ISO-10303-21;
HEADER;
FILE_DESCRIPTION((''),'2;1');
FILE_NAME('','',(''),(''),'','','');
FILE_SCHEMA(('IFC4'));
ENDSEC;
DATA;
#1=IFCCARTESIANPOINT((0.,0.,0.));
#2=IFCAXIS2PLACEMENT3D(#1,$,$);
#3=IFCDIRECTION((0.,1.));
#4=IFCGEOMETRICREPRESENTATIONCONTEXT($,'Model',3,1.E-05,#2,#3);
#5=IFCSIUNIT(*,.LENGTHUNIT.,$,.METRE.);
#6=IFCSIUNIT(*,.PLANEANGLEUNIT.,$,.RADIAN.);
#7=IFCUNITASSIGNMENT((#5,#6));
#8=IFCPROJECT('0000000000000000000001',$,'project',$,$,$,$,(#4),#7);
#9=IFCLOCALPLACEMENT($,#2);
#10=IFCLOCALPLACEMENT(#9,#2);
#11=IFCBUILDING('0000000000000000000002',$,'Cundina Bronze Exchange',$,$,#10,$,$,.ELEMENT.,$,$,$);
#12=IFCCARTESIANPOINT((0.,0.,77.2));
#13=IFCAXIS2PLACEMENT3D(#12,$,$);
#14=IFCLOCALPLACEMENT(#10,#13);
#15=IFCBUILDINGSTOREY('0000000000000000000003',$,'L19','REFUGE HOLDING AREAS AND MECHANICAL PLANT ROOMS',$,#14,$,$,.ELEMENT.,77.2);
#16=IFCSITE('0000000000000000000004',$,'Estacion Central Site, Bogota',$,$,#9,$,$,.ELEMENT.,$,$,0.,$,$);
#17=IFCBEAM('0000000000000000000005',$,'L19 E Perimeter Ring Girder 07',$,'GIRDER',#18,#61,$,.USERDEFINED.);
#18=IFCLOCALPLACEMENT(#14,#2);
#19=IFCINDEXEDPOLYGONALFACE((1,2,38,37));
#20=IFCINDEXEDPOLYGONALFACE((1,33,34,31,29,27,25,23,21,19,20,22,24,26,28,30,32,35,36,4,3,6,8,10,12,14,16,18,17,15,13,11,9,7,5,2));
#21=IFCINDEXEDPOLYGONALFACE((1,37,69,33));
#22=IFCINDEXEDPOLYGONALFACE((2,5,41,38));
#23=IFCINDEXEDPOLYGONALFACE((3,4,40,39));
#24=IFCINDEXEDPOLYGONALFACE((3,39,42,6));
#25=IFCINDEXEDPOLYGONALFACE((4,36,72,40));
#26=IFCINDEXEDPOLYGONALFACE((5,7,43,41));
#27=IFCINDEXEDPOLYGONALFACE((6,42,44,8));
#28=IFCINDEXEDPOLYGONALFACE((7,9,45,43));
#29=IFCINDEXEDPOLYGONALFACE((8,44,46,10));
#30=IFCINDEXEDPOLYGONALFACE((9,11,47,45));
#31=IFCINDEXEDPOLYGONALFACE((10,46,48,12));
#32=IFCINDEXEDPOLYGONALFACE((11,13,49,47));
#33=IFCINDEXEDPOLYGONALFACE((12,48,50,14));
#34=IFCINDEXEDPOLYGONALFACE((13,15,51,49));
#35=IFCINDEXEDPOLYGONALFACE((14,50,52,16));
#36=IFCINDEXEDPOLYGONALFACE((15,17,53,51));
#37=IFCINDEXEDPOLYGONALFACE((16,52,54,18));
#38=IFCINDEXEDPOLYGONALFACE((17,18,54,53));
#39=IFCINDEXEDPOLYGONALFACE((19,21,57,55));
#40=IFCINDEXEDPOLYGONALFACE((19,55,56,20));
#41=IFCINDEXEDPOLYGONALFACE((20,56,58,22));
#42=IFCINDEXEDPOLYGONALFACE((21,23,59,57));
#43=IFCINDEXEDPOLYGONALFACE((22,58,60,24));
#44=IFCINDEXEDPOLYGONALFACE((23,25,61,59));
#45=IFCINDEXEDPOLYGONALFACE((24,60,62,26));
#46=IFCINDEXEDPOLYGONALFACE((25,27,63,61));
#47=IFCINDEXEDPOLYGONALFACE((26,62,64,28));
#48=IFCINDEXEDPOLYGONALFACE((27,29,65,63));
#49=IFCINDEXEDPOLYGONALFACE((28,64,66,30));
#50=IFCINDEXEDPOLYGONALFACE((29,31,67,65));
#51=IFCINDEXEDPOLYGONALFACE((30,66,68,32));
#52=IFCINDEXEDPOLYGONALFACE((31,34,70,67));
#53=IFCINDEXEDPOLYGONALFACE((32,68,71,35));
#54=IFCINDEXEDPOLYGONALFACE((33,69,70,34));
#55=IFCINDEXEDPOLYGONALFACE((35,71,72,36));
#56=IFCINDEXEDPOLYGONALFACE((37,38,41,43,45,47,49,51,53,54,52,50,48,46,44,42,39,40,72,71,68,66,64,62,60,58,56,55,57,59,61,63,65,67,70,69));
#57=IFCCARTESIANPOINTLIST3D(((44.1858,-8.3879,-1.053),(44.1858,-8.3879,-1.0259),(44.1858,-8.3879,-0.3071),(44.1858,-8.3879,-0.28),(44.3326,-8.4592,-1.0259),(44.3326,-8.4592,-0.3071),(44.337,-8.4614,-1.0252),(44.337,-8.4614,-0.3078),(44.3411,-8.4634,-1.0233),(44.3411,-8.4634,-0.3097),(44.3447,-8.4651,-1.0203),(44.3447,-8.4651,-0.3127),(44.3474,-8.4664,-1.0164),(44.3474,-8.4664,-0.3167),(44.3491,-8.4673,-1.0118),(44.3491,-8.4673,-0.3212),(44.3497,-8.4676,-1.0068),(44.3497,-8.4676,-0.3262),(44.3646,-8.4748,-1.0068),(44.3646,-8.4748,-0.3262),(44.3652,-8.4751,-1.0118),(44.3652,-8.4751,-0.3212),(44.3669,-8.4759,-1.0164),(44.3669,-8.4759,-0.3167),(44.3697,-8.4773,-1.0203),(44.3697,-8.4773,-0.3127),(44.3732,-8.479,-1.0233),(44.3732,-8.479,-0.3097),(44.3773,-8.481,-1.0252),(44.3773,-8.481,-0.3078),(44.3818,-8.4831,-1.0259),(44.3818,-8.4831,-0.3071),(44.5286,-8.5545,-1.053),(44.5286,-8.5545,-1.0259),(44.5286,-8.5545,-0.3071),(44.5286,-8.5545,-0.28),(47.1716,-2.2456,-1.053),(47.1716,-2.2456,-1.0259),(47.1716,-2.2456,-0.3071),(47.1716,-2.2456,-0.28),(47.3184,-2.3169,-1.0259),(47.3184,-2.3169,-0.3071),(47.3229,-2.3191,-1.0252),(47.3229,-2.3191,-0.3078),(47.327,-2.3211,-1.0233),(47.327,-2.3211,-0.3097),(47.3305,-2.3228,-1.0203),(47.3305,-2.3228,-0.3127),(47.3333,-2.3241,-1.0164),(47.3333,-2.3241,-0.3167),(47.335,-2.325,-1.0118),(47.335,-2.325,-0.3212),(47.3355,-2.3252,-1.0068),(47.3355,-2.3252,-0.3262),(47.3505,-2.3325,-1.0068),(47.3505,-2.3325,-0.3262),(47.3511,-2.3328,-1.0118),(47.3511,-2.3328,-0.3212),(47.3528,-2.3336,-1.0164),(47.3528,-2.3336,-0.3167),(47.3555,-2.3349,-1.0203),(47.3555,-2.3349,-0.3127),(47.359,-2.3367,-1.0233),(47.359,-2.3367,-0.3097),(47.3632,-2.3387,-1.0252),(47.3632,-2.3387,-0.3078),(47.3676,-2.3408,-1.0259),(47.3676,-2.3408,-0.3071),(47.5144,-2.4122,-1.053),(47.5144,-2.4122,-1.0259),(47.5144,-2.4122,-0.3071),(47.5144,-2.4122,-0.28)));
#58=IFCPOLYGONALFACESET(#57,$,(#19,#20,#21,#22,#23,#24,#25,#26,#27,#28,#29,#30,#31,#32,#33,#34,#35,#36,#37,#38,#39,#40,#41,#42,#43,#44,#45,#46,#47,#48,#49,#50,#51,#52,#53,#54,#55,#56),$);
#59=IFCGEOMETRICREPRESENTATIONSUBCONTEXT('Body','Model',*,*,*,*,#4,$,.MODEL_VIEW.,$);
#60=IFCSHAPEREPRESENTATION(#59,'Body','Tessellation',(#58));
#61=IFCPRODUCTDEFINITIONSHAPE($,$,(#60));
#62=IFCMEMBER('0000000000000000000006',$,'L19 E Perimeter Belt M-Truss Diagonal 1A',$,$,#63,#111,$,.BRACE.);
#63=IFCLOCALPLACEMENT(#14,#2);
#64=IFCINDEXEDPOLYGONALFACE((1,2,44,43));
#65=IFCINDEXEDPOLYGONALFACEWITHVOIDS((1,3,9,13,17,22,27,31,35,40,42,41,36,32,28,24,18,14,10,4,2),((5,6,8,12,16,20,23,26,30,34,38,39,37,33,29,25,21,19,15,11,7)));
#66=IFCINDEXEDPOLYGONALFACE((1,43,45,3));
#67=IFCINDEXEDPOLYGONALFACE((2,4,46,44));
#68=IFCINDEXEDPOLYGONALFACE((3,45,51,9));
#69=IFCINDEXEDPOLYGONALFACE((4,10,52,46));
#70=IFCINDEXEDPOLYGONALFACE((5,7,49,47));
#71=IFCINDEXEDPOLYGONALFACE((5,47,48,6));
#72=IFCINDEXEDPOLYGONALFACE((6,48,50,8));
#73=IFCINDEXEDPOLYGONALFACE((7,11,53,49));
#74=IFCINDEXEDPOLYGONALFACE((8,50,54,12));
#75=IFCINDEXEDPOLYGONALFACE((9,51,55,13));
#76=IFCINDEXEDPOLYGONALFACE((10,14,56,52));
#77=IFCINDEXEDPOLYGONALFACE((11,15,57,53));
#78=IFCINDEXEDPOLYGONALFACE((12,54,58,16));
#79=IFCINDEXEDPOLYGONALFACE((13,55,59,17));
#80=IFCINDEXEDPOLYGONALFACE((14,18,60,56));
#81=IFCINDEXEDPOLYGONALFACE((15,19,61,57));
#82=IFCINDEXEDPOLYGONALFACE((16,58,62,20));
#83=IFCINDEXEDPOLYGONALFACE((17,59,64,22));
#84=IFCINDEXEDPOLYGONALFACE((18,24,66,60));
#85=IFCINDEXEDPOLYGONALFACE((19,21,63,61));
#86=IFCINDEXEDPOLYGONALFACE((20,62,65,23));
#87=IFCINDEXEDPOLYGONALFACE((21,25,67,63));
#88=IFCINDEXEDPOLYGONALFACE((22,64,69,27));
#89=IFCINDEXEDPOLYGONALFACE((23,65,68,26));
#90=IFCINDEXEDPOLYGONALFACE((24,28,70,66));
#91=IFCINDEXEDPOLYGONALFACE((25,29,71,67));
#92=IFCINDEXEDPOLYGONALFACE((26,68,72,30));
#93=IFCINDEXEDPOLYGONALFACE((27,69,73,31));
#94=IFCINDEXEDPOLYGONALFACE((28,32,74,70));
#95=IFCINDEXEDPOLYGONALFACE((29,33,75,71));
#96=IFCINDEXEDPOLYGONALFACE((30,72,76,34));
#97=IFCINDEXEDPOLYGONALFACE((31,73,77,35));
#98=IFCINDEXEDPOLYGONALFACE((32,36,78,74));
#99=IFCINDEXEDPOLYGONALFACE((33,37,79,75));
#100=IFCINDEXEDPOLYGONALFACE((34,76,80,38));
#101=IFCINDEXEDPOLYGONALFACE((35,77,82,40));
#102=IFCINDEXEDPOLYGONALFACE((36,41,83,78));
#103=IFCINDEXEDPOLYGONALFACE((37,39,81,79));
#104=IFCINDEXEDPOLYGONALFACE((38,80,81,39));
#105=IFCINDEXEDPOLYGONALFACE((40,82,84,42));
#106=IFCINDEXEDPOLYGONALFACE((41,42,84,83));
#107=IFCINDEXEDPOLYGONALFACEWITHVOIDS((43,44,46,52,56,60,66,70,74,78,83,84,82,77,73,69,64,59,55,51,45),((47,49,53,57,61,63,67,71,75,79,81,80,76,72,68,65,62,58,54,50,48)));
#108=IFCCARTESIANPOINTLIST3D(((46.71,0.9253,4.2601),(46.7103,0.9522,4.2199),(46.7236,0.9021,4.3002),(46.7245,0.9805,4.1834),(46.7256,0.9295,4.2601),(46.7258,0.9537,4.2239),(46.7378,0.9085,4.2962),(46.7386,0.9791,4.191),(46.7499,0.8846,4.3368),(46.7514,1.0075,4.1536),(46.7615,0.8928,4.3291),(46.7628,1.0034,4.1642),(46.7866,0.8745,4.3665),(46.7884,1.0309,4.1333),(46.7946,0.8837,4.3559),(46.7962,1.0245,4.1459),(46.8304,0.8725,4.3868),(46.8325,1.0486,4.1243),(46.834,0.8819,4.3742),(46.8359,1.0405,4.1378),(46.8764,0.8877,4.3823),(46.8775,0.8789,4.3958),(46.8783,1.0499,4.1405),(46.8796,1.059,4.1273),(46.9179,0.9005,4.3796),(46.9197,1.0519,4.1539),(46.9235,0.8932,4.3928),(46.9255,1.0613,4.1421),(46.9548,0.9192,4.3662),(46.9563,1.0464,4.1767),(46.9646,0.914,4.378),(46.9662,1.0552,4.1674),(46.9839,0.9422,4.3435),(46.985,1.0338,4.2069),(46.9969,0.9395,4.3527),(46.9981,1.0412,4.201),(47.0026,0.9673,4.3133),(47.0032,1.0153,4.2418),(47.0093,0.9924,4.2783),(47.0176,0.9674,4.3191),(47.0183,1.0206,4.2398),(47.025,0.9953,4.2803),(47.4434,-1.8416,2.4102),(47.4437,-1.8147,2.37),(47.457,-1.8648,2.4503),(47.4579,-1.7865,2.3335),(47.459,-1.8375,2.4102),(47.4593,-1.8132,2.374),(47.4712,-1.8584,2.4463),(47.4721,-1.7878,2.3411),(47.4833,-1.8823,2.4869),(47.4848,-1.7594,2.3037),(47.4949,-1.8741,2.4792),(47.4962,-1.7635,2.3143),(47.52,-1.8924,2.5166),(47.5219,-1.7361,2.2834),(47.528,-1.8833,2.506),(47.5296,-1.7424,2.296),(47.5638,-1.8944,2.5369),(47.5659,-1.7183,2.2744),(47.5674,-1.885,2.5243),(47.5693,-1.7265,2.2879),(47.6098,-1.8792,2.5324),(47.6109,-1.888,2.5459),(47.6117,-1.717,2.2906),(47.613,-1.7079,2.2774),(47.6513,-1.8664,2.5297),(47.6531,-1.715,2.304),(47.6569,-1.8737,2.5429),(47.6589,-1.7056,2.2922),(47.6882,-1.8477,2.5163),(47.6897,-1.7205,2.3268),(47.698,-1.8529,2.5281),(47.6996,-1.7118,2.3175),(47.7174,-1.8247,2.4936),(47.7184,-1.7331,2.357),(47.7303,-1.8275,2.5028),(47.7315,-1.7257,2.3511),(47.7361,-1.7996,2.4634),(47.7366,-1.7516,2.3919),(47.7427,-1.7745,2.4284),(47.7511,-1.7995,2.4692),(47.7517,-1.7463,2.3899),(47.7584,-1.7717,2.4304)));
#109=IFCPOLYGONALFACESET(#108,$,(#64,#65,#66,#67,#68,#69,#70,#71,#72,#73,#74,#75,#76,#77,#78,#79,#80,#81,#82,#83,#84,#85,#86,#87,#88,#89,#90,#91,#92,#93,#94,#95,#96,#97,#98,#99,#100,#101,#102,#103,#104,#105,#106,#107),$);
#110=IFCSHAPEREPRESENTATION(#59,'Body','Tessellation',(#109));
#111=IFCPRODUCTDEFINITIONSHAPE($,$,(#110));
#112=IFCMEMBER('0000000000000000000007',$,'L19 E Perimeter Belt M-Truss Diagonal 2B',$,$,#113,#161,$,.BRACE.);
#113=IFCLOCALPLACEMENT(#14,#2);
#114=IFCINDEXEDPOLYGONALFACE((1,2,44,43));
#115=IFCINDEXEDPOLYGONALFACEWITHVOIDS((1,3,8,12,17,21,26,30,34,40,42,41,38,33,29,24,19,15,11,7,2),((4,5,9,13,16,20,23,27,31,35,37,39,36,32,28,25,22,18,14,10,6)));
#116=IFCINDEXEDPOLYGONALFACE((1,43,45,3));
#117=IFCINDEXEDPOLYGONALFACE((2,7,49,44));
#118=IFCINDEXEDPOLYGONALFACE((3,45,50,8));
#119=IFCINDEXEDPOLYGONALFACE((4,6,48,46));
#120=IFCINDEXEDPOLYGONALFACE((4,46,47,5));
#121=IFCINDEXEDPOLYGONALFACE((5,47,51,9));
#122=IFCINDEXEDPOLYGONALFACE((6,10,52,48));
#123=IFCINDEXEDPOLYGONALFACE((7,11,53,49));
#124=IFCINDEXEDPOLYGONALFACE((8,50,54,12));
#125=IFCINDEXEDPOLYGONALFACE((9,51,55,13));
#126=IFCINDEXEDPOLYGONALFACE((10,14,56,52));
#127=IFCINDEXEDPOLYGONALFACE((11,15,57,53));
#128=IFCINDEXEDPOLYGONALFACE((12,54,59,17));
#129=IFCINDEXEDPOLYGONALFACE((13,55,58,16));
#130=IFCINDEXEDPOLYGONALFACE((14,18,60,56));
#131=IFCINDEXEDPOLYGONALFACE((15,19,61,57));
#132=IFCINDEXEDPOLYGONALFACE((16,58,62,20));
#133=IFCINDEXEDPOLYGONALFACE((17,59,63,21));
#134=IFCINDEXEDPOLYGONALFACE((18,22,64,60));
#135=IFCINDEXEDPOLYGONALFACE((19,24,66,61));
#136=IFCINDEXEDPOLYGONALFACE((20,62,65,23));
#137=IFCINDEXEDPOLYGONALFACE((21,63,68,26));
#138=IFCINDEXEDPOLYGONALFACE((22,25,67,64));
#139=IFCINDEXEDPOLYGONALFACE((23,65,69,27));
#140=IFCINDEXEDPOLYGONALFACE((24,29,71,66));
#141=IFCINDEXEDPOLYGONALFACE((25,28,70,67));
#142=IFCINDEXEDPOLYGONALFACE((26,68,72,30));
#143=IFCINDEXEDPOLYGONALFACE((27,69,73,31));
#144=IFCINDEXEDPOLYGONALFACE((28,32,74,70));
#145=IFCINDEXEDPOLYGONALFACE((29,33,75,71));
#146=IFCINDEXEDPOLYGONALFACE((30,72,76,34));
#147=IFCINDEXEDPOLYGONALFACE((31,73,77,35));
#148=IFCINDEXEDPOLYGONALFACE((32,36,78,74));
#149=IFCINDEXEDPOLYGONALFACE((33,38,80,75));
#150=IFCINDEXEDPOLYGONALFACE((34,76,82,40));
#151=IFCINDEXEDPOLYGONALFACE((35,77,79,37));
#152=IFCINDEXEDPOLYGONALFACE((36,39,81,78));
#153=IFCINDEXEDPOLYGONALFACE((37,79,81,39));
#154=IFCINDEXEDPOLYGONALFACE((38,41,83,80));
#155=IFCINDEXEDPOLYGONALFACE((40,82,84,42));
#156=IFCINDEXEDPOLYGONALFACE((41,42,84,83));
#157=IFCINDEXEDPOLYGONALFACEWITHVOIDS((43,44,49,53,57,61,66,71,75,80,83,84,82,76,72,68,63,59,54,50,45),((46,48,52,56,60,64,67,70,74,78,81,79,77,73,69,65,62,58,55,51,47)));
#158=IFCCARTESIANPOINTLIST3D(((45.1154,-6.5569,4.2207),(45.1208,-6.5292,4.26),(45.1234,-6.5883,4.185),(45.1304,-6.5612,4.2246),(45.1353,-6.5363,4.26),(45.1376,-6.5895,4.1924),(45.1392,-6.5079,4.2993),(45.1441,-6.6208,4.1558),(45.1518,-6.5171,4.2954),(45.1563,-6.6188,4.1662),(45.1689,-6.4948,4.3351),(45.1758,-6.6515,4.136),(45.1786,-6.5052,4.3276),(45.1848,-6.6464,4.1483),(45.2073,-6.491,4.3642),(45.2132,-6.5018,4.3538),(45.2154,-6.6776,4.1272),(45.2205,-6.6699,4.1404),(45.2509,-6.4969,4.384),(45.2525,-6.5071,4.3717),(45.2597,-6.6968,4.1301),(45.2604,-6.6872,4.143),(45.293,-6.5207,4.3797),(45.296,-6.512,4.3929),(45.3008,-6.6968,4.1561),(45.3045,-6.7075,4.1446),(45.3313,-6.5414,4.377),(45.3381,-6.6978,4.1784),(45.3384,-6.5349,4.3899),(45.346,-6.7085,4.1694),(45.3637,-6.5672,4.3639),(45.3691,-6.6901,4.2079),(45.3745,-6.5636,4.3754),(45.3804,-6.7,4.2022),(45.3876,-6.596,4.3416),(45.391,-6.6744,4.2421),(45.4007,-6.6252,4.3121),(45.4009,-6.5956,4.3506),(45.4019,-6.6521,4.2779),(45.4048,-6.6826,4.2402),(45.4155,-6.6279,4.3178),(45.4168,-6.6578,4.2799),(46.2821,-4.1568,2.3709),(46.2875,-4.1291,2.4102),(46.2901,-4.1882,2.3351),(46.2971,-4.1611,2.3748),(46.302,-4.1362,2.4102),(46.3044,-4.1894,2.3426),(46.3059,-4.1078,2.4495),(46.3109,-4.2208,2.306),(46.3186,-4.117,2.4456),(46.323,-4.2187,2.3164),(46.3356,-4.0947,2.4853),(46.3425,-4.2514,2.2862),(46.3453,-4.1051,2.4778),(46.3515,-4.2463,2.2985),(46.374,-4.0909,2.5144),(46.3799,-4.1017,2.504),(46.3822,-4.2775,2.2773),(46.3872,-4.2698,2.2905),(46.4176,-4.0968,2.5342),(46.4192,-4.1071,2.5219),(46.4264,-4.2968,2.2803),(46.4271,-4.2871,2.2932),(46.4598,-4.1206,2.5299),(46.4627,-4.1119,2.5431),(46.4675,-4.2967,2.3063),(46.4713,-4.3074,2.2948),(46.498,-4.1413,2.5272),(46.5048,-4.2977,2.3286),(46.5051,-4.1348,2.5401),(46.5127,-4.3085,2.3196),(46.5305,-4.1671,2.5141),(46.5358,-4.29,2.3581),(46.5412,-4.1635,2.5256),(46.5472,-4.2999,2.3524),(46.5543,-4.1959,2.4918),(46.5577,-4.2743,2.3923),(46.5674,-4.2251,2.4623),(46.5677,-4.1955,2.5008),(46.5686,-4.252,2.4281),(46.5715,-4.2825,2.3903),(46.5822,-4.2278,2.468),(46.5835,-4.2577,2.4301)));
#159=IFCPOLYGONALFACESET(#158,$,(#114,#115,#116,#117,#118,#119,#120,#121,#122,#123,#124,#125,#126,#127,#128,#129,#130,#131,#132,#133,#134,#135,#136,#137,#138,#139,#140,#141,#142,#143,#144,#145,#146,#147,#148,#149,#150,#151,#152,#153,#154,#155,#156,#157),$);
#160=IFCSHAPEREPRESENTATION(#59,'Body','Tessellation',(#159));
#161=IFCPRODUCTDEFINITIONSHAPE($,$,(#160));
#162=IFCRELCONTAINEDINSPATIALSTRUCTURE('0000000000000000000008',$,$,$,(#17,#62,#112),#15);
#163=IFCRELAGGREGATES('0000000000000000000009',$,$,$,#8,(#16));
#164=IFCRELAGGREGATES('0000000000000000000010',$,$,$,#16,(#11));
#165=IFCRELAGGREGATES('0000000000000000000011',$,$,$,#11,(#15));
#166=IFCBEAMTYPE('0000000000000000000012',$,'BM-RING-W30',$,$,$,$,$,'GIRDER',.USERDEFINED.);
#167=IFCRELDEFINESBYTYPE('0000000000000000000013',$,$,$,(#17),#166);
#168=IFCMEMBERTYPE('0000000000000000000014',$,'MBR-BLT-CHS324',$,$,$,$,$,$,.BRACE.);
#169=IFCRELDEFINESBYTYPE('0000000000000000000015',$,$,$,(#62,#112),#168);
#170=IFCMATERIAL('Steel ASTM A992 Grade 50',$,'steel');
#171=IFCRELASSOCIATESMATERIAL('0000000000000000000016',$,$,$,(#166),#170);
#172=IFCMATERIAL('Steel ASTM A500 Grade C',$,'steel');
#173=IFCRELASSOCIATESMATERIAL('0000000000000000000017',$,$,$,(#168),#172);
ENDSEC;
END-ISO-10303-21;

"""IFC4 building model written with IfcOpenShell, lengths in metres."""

from ifc_helpers import new_model, si_unit, direction, frame, origin, origin_2d, place, context, subcontext, project, spatial, hollow_circle, i_section, extrude, material, material_profile, profile_set, type_object, element, save


model = new_model("IFC4")

# Units and contexts
model_context = context("Model", 3, precision=1e-05, world=origin(), true_north=direction((0.0, 1.0)))
body_context = subcontext(model_context, "Body", "Model", "MODEL_VIEW")
ifc_project = project(units=[si_unit("LENGTHUNIT", "METRE"), si_unit("PLANEANGLEUNIT", "RADIAN")], contexts=[model_context])

# Site, building, storey
site_placement = place(None, origin())
site = spatial("IfcSite", under=ifc_project, at=site_placement, Name="Estacion Central Site, Bogota", CompositionType="ELEMENT", RefElevation=0.0)
building_placement = place(site_placement, origin())
building = spatial("IfcBuilding", under=site, at=building_placement, Name="Cundina Bronze Exchange", CompositionType="ELEMENT")
storey_placement = place(building_placement, frame((0.0, 0.0, 77.2)))
storey = spatial("IfcBuildingStorey", under=building, at=storey_placement, Name="L19", Description="REFUGE HOLDING AREAS AND MECHANICAL PLANT ROOMS", CompositionType="ELEMENT", Elevation=77.2)

# Beam
ifc_material_1 = material(Name="Steel ASTM A992 Grade 50", Category="steel")
ifc_material_profile_1 = material_profile(ifc_material_1, i_section(OverallWidth=0.3811, OverallDepth=0.7729, WebThickness=0.0166, FlangeThickness=0.0271, FilletRadius=0.019, at=origin_2d()), Name="W30X173", Category="steel")
ifc_profile_set_1 = profile_set([ifc_material_profile_1], Name="Steel ASTM A992 Grade 50")
beam_type_1 = type_object("IfcBeamType", Name="BM-RING-W30", ElementType="GIRDER", PredefinedType="USERDEFINED", material=ifc_profile_set_1)
beam_1_placement = place(storey_placement, frame((44.3572, -8.4712, -0.6665), z_axis=(0.437191, 0.899369, 0.0), x_axis=(-0.899369, 0.437191, 0.0)))
element("IfcBeam", 1, at=beam_1_placement, inside=storey, type_object=beam_type_1, Name="L19 E Perimeter Ring Girder 07", ObjectType="GIRDER", PredefinedType="USERDEFINED", context=body_context, shape_type="SweptSolid", body=[
    extrude(i_section(OverallWidth=0.3811, OverallDepth=0.7729, WebThickness=0.0166, FlangeThickness=0.0271, FilletRadius=0.019, at=origin_2d()), origin(), (0.0, 0.0, 1.0), 6.8296),
])

# Members
ifc_material_2 = material(Name="Steel ASTM A500 Grade C", Category="steel")
ifc_material_profile_2 = material_profile(ifc_material_2, hollow_circle(Radius=0.1621, WallThickness=0.0161, at=origin_2d()), Name="CHS324X16", Category="steel")
ifc_profile_set_2 = profile_set([ifc_material_profile_2], Name="Steel ASTM A500 Grade C")
member_type_1 = type_object("IfcMemberType", Name="MBR-BLT-CHS324", PredefinedType="BRACE", material=ifc_profile_set_2)
member_1_placement = place(storey_placement, frame((47.6001, -1.8, 2.4102), z_axis=(-0.215192, 0.81184, 0.542779), x_axis=(-0.966619, -0.256218, 0.0)))
element("IfcMember", 2, at=member_1_placement, inside=storey, type_object=member_type_1, Name="L19 E Perimeter Belt M-Truss Diagonal 1A", PredefinedType="BRACE", context=body_context, shape_type="SweptSolid", body=[
    extrude(hollow_circle(Radius=0.1621, WallThickness=0.0161, at=origin_2d()), origin(), (0.0, 0.0, 1.0), 3.4082),
])
for number, where, z_axis, x_axis, name in (
    (3, (45.2666, -6.6001, 4.26), (0.359315, 0.739156, -0.569686), (-0.899366, 0.437196, 0.0), "L19 E Perimeter Belt M-Truss Diagonal 2B"),
):
    element("IfcMember", number, at=place(storey_placement, frame(where, z_axis=z_axis, x_axis=x_axis)), inside=storey, type_object=member_type_1, Name=name, PredefinedType="BRACE", context=body_context, shape_type="SweptSolid", body=[
        extrude(hollow_circle(Radius=0.1621, WallThickness=0.0161, at=origin_2d()), origin(), (0.0, 0.0, 1.0), 3.2471),
    ])

save(model, "model.ifc")
